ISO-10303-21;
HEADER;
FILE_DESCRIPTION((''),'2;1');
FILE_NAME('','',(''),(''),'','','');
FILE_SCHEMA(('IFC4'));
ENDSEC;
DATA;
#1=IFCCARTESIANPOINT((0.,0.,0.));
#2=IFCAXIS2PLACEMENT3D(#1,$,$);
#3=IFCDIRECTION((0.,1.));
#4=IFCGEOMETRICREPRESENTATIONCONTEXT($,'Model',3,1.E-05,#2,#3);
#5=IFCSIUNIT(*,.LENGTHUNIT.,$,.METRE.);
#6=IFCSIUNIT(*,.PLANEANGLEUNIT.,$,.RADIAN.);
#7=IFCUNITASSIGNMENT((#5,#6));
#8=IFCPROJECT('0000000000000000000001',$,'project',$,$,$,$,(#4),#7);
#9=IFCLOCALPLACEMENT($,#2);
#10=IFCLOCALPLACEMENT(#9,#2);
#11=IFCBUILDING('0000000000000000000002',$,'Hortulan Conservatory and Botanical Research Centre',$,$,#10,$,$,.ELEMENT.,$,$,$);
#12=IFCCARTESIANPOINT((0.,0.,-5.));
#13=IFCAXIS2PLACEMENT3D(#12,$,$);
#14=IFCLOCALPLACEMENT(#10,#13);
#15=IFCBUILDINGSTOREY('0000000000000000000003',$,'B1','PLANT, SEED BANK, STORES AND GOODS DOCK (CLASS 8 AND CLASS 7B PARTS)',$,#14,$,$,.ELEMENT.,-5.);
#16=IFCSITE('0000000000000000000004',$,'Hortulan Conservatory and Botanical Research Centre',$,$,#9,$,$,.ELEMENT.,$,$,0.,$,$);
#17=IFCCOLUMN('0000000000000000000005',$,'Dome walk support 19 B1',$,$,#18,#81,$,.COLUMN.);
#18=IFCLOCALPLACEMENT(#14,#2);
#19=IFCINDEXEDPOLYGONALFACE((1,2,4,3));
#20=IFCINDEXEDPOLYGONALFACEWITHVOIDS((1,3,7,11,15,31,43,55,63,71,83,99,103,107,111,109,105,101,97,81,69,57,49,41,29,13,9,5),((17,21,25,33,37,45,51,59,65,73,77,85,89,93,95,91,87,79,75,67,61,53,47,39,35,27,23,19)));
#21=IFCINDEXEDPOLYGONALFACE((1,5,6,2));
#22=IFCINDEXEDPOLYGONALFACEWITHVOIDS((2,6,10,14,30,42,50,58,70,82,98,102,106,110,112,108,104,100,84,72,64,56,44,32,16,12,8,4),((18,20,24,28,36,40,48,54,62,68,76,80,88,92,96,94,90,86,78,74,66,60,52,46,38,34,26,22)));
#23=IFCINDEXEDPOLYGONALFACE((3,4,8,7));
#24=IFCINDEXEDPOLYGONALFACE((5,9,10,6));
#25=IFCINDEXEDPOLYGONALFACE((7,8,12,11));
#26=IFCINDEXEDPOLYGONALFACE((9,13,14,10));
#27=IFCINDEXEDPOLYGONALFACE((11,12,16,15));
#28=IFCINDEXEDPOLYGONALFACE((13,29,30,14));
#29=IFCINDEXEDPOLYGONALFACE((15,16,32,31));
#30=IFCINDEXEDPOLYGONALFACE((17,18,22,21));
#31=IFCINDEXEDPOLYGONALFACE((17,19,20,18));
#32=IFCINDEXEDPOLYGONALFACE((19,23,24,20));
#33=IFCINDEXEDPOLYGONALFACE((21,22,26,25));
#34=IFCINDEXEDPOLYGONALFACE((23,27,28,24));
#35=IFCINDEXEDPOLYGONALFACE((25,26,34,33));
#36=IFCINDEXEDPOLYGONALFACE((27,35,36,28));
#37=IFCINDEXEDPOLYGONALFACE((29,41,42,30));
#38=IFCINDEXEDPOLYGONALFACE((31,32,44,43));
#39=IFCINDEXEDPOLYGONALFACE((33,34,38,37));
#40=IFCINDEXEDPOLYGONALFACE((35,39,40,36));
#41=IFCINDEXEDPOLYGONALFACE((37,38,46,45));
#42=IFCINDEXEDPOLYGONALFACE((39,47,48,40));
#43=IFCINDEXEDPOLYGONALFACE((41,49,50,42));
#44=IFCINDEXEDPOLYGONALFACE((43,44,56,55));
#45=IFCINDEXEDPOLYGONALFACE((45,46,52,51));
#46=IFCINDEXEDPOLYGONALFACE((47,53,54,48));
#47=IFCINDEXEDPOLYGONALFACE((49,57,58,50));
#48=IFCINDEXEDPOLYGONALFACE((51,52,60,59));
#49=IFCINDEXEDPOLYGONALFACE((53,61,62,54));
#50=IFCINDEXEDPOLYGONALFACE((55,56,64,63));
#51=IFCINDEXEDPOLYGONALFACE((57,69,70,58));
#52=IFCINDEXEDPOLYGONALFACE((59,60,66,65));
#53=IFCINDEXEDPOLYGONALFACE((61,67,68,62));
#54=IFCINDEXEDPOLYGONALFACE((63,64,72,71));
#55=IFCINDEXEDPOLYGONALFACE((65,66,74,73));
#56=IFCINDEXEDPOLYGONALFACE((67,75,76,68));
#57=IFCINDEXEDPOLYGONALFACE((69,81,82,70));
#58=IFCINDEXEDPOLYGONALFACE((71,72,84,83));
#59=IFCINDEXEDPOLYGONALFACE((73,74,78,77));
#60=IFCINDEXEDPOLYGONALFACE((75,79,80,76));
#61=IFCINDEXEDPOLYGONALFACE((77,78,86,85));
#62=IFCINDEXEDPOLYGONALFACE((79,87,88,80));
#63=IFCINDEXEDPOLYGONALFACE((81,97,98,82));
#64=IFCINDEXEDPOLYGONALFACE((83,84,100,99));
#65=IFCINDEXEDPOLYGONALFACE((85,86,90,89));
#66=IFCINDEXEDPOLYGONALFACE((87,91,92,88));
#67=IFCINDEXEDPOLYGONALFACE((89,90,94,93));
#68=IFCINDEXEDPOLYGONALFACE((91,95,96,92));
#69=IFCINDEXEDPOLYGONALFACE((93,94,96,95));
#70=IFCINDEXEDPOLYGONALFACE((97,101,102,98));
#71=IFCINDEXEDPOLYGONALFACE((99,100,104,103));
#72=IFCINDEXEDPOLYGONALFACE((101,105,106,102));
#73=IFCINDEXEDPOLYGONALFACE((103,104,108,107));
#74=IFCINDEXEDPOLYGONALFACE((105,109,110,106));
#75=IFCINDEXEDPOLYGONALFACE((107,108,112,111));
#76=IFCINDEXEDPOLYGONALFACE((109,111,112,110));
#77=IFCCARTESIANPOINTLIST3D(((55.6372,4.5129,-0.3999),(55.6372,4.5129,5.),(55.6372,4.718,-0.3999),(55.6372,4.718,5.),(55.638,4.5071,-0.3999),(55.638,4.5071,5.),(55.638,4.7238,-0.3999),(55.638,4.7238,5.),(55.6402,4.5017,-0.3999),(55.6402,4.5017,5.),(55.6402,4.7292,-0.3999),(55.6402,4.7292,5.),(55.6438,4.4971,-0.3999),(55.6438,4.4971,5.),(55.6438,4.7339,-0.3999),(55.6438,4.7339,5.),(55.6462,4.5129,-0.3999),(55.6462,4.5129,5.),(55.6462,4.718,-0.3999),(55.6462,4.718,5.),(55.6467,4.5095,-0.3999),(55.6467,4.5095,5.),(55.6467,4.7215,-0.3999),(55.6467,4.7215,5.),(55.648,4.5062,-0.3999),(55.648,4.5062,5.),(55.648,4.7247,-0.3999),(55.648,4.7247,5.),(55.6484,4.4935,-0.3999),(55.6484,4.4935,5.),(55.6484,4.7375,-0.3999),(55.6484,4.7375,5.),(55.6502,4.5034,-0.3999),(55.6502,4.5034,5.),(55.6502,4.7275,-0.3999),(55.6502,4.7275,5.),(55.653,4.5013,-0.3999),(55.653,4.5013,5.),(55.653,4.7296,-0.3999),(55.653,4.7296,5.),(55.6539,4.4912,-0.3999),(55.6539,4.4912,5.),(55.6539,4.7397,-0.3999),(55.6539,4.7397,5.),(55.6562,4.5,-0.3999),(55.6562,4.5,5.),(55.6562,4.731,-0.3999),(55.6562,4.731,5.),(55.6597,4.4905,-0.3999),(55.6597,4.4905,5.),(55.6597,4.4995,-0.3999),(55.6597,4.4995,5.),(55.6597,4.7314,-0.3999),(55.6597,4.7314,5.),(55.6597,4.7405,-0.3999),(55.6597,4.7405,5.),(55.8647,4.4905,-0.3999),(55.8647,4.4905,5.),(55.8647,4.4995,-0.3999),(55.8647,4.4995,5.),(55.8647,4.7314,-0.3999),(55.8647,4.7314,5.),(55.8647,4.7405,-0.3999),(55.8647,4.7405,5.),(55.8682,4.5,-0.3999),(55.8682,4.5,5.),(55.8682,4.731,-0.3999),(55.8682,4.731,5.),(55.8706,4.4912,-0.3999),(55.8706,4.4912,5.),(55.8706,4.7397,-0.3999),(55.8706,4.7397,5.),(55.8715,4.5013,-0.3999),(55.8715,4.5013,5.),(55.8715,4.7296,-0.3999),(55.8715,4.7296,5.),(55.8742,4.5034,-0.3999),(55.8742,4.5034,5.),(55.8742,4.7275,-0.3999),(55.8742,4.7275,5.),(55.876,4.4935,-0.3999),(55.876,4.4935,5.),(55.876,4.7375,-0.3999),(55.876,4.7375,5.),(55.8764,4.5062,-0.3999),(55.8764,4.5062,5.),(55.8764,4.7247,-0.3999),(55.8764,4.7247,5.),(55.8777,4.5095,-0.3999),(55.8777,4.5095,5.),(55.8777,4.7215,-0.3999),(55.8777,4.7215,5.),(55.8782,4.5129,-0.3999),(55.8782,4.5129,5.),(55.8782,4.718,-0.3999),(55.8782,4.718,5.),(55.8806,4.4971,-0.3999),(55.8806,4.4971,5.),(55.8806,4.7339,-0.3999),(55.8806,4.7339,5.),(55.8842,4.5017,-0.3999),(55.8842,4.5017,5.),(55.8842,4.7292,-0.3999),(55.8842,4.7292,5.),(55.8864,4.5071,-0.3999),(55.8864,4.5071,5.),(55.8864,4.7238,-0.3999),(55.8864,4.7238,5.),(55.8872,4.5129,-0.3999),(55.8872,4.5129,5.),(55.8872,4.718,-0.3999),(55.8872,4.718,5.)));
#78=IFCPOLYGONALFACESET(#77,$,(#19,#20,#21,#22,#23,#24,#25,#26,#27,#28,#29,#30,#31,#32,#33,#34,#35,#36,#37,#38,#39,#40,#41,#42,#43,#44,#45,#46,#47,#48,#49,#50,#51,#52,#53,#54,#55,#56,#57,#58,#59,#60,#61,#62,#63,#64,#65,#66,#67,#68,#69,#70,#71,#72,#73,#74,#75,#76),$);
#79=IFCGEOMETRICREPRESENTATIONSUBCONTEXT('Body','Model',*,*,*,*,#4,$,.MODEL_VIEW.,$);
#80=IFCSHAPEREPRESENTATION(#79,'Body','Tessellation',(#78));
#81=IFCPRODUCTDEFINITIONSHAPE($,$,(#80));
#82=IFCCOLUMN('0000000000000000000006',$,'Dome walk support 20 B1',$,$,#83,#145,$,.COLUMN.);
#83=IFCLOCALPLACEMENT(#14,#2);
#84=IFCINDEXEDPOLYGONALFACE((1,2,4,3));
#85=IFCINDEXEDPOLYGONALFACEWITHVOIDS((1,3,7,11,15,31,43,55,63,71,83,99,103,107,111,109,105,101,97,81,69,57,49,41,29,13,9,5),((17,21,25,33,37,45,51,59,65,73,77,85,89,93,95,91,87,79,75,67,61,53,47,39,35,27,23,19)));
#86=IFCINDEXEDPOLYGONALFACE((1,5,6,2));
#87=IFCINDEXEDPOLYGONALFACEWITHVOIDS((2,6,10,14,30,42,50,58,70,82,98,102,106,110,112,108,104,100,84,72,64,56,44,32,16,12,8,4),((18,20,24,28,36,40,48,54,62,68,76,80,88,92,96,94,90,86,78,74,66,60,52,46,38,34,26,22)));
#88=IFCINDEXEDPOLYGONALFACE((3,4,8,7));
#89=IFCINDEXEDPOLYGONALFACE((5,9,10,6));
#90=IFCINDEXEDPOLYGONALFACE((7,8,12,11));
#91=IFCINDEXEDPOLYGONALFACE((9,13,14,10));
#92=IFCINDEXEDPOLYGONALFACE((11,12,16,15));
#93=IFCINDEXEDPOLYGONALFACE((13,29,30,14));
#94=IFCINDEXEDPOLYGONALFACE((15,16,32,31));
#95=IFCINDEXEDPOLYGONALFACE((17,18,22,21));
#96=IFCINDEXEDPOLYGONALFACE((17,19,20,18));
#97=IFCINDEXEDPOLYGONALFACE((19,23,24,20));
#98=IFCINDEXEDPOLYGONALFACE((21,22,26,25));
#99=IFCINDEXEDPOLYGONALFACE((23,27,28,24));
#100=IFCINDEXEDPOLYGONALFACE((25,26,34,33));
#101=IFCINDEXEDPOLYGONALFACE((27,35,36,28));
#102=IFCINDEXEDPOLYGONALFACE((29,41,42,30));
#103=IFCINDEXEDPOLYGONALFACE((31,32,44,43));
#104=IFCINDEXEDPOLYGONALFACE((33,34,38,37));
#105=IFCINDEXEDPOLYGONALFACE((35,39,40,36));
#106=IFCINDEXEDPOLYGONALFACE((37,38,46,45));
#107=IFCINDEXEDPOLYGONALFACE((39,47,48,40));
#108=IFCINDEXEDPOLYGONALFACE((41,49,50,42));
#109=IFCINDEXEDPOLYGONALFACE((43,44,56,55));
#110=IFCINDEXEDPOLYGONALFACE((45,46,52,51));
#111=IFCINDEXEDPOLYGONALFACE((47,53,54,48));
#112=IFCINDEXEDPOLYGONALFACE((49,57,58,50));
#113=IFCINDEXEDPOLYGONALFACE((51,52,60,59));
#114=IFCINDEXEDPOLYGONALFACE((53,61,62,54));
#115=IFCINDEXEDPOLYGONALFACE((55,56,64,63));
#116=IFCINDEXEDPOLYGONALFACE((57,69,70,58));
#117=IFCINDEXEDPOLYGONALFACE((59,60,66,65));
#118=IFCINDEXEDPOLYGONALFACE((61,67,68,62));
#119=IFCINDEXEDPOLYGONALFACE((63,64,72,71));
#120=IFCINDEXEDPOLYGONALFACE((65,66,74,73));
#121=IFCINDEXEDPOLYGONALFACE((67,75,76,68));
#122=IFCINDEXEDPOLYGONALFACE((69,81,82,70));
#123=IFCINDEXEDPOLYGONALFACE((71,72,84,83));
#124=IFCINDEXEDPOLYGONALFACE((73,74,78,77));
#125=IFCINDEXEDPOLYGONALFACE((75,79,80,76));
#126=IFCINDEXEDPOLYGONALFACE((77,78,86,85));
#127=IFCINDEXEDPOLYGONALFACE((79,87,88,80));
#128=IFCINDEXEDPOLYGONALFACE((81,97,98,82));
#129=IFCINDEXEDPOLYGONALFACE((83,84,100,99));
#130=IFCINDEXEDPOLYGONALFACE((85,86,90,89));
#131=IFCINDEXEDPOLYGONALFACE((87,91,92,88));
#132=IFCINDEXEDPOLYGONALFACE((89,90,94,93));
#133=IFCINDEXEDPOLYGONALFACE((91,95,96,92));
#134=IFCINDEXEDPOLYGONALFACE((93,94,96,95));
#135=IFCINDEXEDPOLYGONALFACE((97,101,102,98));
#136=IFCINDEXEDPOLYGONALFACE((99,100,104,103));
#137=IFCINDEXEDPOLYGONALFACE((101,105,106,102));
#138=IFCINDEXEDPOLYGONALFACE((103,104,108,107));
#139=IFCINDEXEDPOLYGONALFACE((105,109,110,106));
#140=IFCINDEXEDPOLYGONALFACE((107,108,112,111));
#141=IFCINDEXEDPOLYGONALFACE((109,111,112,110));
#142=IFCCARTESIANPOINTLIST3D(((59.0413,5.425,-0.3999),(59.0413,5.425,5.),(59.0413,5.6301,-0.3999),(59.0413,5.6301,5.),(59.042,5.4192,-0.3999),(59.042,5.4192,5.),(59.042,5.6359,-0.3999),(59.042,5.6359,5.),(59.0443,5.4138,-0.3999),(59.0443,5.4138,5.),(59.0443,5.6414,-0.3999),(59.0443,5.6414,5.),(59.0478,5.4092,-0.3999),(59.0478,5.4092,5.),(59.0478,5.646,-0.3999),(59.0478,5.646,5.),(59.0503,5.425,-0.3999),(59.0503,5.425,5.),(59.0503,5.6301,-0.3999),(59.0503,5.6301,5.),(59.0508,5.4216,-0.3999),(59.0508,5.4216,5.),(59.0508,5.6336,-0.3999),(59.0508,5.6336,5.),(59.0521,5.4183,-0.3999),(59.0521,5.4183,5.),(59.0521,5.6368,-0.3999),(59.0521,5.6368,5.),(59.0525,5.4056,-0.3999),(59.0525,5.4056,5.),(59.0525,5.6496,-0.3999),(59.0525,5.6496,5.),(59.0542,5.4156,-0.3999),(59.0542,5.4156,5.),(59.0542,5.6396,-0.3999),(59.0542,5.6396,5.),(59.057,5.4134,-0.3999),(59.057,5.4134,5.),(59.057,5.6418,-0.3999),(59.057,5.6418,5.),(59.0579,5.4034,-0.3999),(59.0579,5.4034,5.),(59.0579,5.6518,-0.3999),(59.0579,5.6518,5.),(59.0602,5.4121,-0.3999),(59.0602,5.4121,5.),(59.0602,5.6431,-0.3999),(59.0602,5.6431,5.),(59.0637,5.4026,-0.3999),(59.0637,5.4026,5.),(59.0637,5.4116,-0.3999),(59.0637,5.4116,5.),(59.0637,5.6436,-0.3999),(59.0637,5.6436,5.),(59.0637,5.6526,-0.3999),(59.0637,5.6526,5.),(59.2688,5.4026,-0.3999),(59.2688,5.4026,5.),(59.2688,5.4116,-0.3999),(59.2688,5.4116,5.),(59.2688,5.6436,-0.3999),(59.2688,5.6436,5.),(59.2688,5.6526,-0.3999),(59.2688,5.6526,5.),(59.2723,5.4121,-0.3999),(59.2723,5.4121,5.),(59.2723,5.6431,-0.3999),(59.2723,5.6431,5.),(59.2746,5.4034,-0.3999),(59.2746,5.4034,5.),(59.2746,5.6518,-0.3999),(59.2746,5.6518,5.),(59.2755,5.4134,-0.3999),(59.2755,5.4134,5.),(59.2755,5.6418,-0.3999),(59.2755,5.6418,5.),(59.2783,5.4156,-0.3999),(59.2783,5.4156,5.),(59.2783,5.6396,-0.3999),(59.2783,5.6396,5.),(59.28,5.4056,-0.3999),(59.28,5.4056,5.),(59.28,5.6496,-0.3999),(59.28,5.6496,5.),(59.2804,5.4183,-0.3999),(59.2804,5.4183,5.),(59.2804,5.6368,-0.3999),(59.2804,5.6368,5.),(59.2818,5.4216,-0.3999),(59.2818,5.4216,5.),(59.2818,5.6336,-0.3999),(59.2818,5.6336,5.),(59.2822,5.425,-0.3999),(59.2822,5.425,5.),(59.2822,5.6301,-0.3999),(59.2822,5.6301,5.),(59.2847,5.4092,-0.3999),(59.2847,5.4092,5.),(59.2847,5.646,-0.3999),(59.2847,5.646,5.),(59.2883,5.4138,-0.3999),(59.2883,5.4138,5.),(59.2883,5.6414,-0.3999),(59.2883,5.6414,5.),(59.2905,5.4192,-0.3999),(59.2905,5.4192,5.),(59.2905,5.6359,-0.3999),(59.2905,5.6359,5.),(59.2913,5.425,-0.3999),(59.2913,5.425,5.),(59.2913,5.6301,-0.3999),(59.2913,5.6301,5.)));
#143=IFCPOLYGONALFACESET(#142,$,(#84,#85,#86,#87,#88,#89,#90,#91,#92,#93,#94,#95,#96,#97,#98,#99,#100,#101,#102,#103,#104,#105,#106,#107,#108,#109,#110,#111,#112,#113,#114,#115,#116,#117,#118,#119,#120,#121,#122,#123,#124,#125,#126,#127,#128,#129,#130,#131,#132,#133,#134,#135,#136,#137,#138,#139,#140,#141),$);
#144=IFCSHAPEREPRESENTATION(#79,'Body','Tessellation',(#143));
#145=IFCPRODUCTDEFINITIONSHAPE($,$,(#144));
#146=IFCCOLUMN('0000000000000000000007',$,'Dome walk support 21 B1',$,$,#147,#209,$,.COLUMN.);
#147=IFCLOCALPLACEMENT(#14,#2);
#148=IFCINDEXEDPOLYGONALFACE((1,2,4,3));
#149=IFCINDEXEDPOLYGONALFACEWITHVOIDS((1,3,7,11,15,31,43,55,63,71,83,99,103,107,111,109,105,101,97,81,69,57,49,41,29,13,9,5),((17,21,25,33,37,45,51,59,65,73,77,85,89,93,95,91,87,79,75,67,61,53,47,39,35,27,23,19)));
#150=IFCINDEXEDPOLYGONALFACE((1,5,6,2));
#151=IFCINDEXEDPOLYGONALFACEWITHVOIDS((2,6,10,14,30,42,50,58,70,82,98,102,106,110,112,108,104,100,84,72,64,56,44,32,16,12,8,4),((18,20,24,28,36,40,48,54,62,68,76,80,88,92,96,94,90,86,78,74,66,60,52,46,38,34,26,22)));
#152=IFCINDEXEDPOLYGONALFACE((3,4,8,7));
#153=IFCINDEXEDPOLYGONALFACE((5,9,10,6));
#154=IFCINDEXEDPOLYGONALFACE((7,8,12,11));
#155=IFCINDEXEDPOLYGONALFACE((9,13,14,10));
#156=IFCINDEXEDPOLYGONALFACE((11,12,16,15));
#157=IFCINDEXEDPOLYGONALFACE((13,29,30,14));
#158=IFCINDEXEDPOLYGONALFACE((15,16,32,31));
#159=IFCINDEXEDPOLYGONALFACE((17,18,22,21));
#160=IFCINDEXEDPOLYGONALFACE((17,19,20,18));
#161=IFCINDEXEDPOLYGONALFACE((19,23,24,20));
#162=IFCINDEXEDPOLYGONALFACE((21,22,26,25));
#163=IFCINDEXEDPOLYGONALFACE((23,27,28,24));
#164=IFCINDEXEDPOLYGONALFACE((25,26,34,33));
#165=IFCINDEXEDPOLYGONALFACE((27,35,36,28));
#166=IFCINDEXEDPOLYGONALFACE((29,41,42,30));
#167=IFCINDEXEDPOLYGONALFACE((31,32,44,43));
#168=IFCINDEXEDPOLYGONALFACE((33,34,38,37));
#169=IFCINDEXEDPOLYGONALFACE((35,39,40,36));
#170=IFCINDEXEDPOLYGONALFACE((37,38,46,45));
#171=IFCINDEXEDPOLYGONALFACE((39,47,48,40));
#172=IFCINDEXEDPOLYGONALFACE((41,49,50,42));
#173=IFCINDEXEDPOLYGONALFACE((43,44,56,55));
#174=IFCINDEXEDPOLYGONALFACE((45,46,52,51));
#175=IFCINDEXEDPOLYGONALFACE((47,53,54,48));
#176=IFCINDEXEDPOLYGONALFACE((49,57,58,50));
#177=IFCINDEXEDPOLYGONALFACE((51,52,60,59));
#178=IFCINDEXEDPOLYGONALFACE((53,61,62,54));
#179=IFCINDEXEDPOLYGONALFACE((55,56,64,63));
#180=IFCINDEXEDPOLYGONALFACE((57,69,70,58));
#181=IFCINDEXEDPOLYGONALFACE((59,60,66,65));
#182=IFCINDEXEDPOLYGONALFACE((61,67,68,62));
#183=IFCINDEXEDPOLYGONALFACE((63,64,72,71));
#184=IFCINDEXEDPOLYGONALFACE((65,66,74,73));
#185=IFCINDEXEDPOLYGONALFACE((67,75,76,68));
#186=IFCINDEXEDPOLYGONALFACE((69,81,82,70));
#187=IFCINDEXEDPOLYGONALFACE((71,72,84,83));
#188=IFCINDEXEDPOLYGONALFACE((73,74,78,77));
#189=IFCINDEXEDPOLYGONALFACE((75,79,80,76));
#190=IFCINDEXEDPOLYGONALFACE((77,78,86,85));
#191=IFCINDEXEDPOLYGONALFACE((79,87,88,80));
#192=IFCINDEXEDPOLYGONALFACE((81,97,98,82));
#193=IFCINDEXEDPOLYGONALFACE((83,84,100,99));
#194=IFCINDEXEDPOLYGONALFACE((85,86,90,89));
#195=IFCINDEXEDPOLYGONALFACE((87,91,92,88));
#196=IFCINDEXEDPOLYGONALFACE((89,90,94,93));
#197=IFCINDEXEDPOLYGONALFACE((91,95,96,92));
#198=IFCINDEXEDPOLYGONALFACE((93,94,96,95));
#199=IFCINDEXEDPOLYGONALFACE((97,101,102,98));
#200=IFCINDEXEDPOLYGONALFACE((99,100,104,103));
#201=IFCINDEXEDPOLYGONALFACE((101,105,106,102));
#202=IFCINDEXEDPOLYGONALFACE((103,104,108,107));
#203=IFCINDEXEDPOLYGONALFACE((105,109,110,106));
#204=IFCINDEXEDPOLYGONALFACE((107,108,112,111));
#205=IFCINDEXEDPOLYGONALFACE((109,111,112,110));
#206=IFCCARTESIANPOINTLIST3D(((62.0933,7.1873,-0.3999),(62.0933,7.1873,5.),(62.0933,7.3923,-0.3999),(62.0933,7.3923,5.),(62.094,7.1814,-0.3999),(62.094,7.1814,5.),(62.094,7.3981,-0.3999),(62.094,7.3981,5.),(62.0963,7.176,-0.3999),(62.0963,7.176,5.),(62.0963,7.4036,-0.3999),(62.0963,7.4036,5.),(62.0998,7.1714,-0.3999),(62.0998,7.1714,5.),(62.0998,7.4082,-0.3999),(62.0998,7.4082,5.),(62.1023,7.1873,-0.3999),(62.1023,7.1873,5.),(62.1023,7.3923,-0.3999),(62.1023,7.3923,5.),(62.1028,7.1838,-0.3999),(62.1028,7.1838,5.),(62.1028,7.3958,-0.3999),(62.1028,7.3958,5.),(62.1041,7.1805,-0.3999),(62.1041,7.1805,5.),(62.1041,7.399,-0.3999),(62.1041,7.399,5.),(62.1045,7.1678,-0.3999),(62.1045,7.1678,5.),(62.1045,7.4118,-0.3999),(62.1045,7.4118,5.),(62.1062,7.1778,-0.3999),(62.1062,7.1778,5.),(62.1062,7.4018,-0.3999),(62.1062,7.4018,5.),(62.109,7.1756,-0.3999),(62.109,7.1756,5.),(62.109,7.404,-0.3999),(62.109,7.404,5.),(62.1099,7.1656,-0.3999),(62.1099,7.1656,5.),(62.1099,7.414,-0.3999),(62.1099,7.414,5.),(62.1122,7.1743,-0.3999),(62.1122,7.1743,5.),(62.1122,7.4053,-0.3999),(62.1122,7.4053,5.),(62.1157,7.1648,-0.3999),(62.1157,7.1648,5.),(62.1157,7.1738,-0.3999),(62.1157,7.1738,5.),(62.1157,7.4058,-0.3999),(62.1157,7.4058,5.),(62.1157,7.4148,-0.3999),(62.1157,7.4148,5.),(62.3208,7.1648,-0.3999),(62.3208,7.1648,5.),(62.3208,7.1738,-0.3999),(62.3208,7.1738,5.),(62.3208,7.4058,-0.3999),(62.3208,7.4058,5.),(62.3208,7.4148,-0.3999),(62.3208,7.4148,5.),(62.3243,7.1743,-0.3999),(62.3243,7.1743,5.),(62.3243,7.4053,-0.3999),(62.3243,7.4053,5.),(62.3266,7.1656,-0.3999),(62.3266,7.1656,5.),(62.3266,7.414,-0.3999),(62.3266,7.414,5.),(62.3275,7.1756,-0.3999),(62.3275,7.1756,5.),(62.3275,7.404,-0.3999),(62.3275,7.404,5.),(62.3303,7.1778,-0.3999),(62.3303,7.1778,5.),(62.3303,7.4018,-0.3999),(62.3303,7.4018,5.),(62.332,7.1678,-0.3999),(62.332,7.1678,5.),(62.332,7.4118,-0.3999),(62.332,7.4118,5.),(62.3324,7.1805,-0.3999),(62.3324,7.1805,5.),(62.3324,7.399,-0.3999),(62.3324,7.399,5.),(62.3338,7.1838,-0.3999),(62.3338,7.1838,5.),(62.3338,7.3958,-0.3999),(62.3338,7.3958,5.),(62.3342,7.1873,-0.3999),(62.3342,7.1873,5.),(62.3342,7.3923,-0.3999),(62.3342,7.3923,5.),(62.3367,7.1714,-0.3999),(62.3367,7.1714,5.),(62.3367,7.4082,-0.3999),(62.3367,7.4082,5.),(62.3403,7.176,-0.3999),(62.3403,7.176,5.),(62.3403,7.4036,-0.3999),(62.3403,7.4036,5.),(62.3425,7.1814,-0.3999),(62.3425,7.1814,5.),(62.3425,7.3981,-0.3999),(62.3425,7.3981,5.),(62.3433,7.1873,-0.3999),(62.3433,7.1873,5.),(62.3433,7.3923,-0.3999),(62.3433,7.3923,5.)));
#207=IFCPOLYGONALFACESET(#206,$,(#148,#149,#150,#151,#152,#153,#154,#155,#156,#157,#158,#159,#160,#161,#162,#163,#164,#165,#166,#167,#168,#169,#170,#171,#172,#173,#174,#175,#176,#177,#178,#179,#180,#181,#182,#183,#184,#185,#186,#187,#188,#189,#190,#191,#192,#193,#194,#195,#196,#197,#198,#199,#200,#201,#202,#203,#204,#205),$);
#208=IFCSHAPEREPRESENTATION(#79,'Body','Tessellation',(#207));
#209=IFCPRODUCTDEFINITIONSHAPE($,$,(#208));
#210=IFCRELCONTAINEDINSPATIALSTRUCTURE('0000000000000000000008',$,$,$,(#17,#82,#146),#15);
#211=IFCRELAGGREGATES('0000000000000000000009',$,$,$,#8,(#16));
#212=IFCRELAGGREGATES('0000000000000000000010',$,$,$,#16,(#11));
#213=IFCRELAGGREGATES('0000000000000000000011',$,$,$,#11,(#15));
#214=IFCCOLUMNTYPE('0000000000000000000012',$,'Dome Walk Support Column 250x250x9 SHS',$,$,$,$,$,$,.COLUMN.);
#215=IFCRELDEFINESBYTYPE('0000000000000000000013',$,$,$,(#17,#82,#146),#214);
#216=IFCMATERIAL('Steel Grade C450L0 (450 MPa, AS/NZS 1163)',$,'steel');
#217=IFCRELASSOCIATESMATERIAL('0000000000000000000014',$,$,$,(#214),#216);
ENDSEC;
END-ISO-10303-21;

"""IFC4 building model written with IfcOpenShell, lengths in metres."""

from ifc_helpers import new_model, si_unit, direction, frame, origin, origin_2d, place, context, subcontext, project, spatial, hollow_rectangle, extrude, material, material_profile, profile_set, type_object, element, save


model = new_model("IFC4")

# Units and contexts
model_context = context("Model", 3, precision=1e-05, world=origin(), true_north=direction((0.0, 1.0)))
body_context = subcontext(model_context, "Body", "Model", "MODEL_VIEW")
ifc_project = project(units=[si_unit("LENGTHUNIT", "METRE"), si_unit("PLANEANGLEUNIT", "RADIAN")], contexts=[model_context])

# Site, building, storey
site_placement = place(None, origin())
site = spatial("IfcSite", under=ifc_project, at=site_placement, Name="Hortulan Conservatory and Botanical Research Centre", CompositionType="ELEMENT", RefElevation=0.0)
building_placement = place(site_placement, origin())
building = spatial("IfcBuilding", under=site, at=building_placement, Name="Hortulan Conservatory and Botanical Research Centre", CompositionType="ELEMENT")
storey_placement = place(building_placement, frame((0.0, 0.0, -5.0)))
storey = spatial("IfcBuildingStorey", under=building, at=storey_placement, Name="B1", Description="PLANT, SEED BANK, STORES AND GOODS DOCK (CLASS 8 AND CLASS 7B PARTS)", CompositionType="ELEMENT", Elevation=-5.0)

# Columns
ifc_material_1 = material(Name="Steel Grade C450L0 (450 MPa, AS/NZS 1163)", Category="steel")
ifc_material_profile_1 = material_profile(ifc_material_1, hollow_rectangle(XDim=0.25, YDim=0.25, WallThickness=0.009, InnerFilletRadius=0.0134, OuterFilletRadius=0.0225, at=origin_2d()), Name="250x250x9SHS")
ifc_profile_set_1 = profile_set([ifc_material_profile_1], Name="Steel Grade C450L0 (450 MPa, AS/NZS 1163)")
column_type_1 = type_object("IfcColumnType", Name="Dome Walk Support Column 250x250x9 SHS", PredefinedType="COLUMN", material=ifc_profile_set_1)
for number, where, z_axis, x_axis, name in (
    (1, (55.7622, 4.6155, -0.3999), (0.0, 0.0, 1.0), (1.0, 0.0, 0.0), "Dome walk support 19 B1"),
    (2, (59.1663, 5.5276, -0.3999), (0.0, 0.0, 1.0), (1.0, 0.0, 0.0), "Dome walk support 20 B1"),
    (3, (62.2183, 7.2898, -0.3999), (0.0, 0.0, 1.0), (1.0, 0.0, 0.0), "Dome walk support 21 B1"),
):
    element("IfcColumn", number, at=place(storey_placement, frame(where, z_axis=z_axis, x_axis=x_axis)), inside=storey, type_object=column_type_1, Name=name, PredefinedType="COLUMN", context=body_context, shape_type="SweptSolid", body=[
        extrude(hollow_rectangle(XDim=0.25, YDim=0.25, WallThickness=0.009, InnerFilletRadius=0.0134, OuterFilletRadius=0.0225, at=origin_2d()), origin(), (0.0, 0.0, 1.0), 5.3999),
    ])

save(model, "model.ifc")
